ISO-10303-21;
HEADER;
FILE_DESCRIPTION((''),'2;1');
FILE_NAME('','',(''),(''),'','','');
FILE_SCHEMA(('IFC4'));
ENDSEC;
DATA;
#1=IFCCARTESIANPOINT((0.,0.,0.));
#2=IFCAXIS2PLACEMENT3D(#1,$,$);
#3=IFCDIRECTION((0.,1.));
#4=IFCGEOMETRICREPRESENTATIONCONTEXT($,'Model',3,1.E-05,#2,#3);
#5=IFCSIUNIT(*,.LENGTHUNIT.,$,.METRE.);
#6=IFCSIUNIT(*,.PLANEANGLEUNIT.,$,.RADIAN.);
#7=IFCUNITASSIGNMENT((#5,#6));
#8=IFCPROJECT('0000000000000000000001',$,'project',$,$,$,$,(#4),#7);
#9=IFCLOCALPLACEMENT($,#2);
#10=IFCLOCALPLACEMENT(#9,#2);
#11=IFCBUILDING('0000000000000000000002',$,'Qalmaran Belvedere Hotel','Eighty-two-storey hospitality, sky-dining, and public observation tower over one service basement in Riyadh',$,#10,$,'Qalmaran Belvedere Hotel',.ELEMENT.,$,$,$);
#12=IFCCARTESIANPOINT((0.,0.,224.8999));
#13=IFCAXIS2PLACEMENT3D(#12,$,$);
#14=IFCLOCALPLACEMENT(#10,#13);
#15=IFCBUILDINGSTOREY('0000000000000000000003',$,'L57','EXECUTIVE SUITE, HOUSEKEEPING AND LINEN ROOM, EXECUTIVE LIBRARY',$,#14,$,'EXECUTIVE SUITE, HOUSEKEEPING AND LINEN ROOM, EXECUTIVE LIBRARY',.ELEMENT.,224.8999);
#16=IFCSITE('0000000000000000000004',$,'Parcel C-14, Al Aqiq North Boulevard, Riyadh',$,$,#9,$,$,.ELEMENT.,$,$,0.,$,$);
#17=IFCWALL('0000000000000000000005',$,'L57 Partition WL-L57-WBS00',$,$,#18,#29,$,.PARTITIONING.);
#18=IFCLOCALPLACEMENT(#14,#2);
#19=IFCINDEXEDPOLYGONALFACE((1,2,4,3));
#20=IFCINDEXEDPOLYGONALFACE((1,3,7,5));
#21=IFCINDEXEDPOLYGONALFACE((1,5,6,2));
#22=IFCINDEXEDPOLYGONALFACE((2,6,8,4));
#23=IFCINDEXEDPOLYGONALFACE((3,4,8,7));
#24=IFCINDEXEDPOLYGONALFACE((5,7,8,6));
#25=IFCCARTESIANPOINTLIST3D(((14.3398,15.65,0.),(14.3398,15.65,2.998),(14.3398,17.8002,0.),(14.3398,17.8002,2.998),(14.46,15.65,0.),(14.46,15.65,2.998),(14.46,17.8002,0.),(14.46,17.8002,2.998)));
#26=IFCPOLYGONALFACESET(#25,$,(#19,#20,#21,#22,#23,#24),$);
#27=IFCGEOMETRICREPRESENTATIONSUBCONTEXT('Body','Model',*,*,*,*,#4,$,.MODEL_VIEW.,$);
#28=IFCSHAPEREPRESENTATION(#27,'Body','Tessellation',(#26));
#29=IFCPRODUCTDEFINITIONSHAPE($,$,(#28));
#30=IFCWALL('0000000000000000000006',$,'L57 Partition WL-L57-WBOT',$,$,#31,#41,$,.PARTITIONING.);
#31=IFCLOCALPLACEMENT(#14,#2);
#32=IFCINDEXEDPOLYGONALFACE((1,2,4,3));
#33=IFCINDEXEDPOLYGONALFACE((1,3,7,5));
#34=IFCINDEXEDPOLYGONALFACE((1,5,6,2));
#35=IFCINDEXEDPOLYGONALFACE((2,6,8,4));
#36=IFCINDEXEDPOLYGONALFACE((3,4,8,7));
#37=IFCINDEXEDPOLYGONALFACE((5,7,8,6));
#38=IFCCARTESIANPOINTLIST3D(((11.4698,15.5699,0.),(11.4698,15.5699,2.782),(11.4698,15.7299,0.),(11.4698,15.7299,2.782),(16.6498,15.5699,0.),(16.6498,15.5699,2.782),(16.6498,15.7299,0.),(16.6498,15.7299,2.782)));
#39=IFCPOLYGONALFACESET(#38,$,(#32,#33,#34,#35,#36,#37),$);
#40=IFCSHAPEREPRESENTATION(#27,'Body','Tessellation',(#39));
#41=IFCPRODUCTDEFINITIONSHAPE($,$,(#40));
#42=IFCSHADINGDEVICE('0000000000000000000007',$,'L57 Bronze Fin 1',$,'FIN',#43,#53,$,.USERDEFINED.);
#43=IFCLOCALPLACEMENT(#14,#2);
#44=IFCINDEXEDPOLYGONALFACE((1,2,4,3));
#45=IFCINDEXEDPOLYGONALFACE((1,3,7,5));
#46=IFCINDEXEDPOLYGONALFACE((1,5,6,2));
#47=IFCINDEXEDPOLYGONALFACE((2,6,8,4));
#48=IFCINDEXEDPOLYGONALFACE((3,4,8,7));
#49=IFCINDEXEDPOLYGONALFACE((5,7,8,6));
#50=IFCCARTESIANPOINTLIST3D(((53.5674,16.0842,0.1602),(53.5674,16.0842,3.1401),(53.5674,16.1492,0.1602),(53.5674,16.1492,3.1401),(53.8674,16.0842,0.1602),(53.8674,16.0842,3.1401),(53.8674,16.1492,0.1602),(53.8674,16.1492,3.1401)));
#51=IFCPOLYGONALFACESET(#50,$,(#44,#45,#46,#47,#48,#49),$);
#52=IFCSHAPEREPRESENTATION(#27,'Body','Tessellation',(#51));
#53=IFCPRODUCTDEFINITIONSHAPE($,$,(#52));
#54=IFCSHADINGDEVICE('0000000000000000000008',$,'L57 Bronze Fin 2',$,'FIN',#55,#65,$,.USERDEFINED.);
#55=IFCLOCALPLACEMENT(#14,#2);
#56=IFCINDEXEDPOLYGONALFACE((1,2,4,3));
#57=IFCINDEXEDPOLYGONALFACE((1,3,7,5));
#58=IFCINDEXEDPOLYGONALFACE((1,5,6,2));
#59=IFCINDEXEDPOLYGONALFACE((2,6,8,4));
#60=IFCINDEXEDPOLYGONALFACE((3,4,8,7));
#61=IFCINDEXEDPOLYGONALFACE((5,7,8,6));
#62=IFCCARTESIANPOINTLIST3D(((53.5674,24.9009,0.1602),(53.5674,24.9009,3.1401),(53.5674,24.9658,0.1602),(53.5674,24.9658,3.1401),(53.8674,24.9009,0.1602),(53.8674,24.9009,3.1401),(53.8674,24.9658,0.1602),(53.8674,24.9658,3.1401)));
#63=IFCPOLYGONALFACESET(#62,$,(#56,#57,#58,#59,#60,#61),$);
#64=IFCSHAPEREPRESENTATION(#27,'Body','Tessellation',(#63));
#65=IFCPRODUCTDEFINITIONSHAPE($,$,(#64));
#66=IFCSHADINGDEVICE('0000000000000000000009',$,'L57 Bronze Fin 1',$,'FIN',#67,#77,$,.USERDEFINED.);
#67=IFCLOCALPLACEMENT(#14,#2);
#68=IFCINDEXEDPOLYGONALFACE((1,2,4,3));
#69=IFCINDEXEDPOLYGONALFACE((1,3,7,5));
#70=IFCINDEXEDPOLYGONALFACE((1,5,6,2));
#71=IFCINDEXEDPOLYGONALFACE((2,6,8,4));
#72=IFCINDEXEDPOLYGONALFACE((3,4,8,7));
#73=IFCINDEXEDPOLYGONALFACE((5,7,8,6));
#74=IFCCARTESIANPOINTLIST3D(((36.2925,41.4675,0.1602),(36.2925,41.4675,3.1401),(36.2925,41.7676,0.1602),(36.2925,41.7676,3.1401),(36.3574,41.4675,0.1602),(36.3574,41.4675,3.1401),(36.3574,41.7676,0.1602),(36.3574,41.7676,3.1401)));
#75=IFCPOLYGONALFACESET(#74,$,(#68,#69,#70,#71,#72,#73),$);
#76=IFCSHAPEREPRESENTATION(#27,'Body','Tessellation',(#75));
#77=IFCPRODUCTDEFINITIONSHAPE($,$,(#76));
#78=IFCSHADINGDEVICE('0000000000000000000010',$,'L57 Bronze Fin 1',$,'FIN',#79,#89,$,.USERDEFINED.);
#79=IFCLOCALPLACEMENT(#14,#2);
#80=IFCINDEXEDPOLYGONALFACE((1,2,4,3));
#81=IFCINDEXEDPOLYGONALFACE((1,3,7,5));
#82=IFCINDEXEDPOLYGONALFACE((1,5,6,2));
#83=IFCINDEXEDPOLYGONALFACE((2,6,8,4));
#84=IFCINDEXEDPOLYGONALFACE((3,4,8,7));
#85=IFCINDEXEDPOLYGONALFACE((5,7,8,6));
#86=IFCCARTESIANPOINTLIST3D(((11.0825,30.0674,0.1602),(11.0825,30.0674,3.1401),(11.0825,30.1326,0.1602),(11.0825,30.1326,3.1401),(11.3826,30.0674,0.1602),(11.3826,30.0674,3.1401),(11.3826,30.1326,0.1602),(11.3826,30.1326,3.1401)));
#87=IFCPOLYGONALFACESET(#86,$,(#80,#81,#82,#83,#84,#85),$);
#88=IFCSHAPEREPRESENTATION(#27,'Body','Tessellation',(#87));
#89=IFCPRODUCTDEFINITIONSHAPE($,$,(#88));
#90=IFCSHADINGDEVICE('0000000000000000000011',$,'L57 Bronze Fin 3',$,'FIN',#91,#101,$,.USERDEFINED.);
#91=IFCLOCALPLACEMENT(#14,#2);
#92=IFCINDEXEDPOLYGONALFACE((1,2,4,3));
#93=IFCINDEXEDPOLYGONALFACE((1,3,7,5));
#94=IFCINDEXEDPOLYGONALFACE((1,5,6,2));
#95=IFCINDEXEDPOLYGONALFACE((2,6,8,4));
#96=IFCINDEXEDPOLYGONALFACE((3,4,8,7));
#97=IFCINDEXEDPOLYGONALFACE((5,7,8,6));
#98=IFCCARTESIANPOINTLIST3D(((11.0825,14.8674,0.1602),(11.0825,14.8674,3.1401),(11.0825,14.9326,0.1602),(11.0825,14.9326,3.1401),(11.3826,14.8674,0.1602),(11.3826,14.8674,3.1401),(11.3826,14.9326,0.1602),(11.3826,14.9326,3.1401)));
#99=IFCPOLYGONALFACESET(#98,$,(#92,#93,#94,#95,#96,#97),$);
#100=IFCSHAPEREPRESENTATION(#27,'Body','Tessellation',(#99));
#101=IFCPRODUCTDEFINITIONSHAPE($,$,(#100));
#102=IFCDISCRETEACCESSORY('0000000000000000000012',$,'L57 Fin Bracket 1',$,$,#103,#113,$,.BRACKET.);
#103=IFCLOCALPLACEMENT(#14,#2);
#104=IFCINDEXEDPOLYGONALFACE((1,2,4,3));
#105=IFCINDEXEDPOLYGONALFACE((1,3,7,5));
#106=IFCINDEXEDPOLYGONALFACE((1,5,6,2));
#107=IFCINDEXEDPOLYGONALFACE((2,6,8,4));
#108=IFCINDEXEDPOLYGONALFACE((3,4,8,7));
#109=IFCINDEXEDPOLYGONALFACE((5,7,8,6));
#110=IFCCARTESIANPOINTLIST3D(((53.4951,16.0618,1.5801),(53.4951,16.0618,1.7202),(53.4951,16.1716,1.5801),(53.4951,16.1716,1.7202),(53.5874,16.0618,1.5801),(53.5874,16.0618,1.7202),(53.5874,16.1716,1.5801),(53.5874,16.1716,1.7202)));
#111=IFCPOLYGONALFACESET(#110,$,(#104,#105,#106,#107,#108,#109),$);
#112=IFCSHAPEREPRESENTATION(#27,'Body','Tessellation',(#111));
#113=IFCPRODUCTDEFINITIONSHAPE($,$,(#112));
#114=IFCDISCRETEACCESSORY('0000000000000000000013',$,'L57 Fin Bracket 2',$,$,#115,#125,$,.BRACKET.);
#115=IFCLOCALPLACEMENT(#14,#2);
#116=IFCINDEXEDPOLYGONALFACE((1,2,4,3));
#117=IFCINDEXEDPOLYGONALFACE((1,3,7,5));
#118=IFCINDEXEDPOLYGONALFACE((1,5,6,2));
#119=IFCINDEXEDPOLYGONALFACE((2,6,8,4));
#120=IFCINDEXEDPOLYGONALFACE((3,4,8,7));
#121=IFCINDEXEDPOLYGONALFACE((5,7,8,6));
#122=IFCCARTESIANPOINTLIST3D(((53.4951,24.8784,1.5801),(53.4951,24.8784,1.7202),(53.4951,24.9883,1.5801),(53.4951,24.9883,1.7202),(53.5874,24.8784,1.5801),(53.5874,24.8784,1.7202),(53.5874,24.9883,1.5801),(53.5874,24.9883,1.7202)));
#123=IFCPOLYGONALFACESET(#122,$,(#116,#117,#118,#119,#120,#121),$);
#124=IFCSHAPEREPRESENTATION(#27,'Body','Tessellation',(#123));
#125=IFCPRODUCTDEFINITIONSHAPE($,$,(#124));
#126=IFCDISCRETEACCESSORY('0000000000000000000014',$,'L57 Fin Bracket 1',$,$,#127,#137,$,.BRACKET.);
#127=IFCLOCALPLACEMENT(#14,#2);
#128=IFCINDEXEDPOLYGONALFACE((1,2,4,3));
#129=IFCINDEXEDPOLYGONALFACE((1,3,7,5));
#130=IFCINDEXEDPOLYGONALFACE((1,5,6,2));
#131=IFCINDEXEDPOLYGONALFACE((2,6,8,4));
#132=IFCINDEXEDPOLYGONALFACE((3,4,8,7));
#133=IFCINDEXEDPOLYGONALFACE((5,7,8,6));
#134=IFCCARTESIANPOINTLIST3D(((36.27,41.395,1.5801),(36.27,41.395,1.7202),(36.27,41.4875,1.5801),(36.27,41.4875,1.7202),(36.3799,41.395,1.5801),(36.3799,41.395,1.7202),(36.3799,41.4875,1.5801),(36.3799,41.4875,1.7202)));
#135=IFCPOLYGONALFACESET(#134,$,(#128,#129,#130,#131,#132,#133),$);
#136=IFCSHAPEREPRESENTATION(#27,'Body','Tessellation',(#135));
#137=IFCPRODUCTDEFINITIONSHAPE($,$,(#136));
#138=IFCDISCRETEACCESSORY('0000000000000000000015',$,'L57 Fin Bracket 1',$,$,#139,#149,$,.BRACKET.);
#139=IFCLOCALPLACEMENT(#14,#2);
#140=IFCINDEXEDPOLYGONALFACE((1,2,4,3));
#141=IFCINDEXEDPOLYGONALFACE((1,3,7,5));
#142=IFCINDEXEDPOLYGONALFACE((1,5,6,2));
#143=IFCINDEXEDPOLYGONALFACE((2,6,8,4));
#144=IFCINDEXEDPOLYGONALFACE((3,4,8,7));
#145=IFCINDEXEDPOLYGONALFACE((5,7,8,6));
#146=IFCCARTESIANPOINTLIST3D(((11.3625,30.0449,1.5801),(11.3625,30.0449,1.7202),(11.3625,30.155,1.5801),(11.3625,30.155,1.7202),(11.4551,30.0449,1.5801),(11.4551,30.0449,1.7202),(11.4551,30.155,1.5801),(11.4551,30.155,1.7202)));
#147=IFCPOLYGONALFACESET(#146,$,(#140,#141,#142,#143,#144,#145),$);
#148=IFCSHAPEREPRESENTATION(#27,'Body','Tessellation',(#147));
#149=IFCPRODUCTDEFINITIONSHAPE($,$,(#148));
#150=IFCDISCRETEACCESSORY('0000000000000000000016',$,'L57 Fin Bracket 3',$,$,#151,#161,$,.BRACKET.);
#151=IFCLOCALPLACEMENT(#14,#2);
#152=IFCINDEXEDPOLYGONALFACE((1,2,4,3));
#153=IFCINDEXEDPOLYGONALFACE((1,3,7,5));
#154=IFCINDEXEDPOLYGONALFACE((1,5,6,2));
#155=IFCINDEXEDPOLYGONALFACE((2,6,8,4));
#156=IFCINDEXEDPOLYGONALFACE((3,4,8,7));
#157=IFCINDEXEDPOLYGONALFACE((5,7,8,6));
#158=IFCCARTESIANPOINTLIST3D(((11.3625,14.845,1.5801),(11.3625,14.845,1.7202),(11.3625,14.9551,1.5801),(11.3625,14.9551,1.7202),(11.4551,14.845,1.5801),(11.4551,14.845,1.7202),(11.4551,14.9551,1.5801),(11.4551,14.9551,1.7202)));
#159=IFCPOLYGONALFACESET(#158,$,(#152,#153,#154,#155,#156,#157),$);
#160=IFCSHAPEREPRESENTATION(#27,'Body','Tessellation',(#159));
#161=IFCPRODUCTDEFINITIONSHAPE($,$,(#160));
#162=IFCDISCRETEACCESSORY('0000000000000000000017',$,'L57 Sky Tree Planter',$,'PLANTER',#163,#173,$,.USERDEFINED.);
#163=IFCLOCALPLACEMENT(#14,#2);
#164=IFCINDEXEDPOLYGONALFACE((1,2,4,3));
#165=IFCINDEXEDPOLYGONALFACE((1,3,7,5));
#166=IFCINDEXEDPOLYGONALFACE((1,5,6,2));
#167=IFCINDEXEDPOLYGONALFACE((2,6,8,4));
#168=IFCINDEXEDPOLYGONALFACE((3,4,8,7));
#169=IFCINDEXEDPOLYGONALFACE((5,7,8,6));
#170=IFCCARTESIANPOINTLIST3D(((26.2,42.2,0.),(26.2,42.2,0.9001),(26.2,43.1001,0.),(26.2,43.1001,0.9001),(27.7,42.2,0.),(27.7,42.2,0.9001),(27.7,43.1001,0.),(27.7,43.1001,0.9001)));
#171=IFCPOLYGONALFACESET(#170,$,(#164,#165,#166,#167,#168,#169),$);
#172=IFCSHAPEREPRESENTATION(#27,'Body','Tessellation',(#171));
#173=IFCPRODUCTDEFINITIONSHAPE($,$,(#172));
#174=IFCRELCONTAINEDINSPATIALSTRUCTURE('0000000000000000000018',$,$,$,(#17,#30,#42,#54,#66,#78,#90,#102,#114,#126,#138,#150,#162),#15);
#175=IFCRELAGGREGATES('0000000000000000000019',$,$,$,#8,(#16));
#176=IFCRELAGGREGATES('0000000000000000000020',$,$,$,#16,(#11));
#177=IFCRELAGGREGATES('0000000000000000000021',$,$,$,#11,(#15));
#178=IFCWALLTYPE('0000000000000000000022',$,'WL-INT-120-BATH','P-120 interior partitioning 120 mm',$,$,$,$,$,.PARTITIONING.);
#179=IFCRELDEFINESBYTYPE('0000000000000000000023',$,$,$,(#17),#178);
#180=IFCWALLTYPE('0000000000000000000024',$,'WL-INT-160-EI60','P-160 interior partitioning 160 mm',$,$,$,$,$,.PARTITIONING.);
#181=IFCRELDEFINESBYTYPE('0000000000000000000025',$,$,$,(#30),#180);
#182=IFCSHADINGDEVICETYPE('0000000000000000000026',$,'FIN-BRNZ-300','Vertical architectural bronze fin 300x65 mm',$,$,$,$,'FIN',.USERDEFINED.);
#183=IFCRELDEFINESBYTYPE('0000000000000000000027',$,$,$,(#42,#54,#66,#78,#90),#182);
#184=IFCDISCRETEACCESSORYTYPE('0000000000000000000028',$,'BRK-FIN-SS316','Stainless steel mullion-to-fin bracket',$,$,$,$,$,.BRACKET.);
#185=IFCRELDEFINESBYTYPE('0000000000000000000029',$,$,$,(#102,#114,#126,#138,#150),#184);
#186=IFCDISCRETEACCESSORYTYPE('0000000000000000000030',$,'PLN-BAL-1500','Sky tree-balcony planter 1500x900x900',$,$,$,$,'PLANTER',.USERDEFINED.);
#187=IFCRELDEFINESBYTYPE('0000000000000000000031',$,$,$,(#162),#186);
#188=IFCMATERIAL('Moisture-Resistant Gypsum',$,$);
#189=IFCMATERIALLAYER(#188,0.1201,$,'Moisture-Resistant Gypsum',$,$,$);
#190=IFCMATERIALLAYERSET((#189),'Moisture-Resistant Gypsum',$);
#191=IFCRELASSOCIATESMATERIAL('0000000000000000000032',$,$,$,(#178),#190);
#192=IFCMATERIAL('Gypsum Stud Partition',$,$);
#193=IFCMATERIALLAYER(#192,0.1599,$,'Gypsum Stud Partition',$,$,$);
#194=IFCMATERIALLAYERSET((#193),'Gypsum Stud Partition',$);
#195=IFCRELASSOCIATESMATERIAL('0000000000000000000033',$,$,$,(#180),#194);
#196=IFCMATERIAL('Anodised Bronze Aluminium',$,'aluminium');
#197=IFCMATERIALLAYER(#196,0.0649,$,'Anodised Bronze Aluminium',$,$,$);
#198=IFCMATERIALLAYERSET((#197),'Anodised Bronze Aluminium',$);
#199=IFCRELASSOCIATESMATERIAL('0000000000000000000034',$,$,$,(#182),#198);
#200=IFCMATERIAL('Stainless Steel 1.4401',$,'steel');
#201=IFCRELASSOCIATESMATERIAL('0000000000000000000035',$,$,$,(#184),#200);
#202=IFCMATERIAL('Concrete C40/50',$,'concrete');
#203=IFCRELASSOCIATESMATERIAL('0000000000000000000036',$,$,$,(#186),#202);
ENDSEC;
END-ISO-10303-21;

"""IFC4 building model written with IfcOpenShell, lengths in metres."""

from ifc_helpers import new_model, si_unit, direction, frame, frame_2d, origin, place, context, subcontext, project, spatial, polyline, rectangle, outline, extrude, material, layer, layer_set, type_object, element, save


model = new_model("IFC4")

# Units and contexts
model_context = context("Model", 3, precision=1e-05, world=origin(), true_north=direction((0.0, 1.0)))
body_context = subcontext(model_context, "Body", "Model", "MODEL_VIEW")
ifc_project = project(units=[si_unit("LENGTHUNIT", "METRE"), si_unit("PLANEANGLEUNIT", "RADIAN")], contexts=[model_context])

# Site, building, storey
site_placement = place(None, origin())
site = spatial("IfcSite", under=ifc_project, at=site_placement, Name="Parcel C-14, Al Aqiq North Boulevard, Riyadh", CompositionType="ELEMENT", RefElevation=0.0)
building_placement = place(site_placement, origin())
building = spatial("IfcBuilding", under=site, at=building_placement, Name="Qalmaran Belvedere Hotel", Description="Eighty-two-storey hospitality, sky-dining, and public observation tower over one service basement in Riyadh", LongName="Qalmaran Belvedere Hotel", CompositionType="ELEMENT")
storey_placement = place(building_placement, frame((0.0, 0.0, 224.8999)))
storey = spatial("IfcBuildingStorey", under=building, at=storey_placement, Name="L57", Description="EXECUTIVE SUITE, HOUSEKEEPING AND LINEN ROOM, EXECUTIVE LIBRARY", LongName="EXECUTIVE SUITE, HOUSEKEEPING AND LINEN ROOM, EXECUTIVE LIBRARY", CompositionType="ELEMENT", Elevation=224.8999)

# Shared definitions
ifc_material_1 = material(Name="Anodised Bronze Aluminium", Category="aluminium")

# Shared definitions
ifc_material_2 = material(Name="Concrete C40/50", Category="concrete")

# Walls
ifc_material_3 = material(Name="Moisture-Resistant Gypsum")
ifc_layer_1 = layer(ifc_material_3, 0.1201, Name="Moisture-Resistant Gypsum")
ifc_layer_set_1 = layer_set([ifc_layer_1], Name="Moisture-Resistant Gypsum")
wall_type_1 = type_object("IfcWallType", Name="WL-INT-120-BATH", Description="P-120 interior partitioning 120 mm", PredefinedType="PARTITIONING", material=ifc_layer_set_1)
wall_1_placement = place(storey_placement, frame((14.3999, 15.6499, 0.0), z_axis=(0.0, 0.0, 1.0), x_axis=(0.0, 1.0, 0.0)))
element("IfcWall", 1, at=wall_1_placement, inside=storey, type_object=wall_type_1, Name="L57 Partition WL-L57-WBS00", PredefinedType="PARTITIONING", context=body_context, shape_type="SweptSolid", body=[
    extrude(rectangle(XDim=2.1501, YDim=0.1201, at=frame_2d((1.0752, 0.0))), origin(), (0.0, 0.0, 1.0), 2.998),
])
ifc_material_4 = material(Name="Gypsum Stud Partition")
ifc_layer_2 = layer(ifc_material_4, 0.1599, Name="Gypsum Stud Partition")
ifc_layer_set_2 = layer_set([ifc_layer_2], Name="Gypsum Stud Partition")
wall_type_2 = type_object("IfcWallType", Name="WL-INT-160-EI60", Description="P-160 interior partitioning 160 mm", PredefinedType="PARTITIONING", material=ifc_layer_set_2)
wall_2_placement = place(storey_placement, frame((11.47, 15.6499, 0.0), z_axis=(0.0, 0.0, 1.0), x_axis=(1.0, 0.0, 0.0)))
element("IfcWall", 2, at=wall_2_placement, inside=storey, type_object=wall_type_2, Name="L57 Partition WL-L57-WBOT", PredefinedType="PARTITIONING", context=body_context, shape_type="SweptSolid", body=[
    extrude(rectangle(XDim=5.1799, YDim=0.1599, at=frame_2d((2.5898, 0.0))), origin(), (0.0, 0.0, 1.0), 2.782),
])

# Shading devices
ifc_layer_3 = layer(ifc_material_1, 0.0649, Name="Anodised Bronze Aluminium")
ifc_layer_set_3 = layer_set([ifc_layer_3], Name="Anodised Bronze Aluminium")
shading_device_type = type_object("IfcShadingDeviceType", Name="FIN-BRNZ-300", Description="Vertical architectural bronze fin 300x65 mm", ElementType="FIN", PredefinedType="USERDEFINED", material=ifc_layer_set_3)
shading_device_1_placement = place(storey_placement, frame((0.0, 0.0, 0.1602)))
element("IfcShadingDevice", 3, at=shading_device_1_placement, inside=storey, type_object=shading_device_type, Name="L57 Bronze Fin 1", ObjectType="FIN", PredefinedType="USERDEFINED", context=body_context, shape_type="SweptSolid", body=[
    extrude(outline(polyline([(53.5674, 16.0842), (53.8674, 16.0842), (53.8674, 16.1492), (53.5674, 16.1492), (53.5674, 16.0842)])), origin(), (0.0, 0.0, 1.0), 2.98),
])
shading_device_2_placement = place(storey_placement, frame((0.0, 0.0, 0.1602)))
element("IfcShadingDevice", 4, at=shading_device_2_placement, inside=storey, type_object=shading_device_type, Name="L57 Bronze Fin 2", ObjectType="FIN", PredefinedType="USERDEFINED", context=body_context, shape_type="SweptSolid", body=[
    extrude(outline(polyline([(53.5674, 24.9009), (53.8674, 24.9009), (53.8674, 24.9658), (53.5674, 24.9658), (53.5674, 24.9009)])), origin(), (0.0, 0.0, 1.0), 2.98),
])
shading_device_3_placement = place(storey_placement, frame((0.0, 0.0, 0.1602)))
element("IfcShadingDevice", 5, at=shading_device_3_placement, inside=storey, type_object=shading_device_type, Name="L57 Bronze Fin 1", ObjectType="FIN", PredefinedType="USERDEFINED", context=body_context, shape_type="SweptSolid", body=[
    extrude(outline(polyline([(36.3574, 41.4675), (36.3574, 41.7676), (36.2925, 41.7676), (36.2925, 41.4675), (36.3574, 41.4675)])), origin(), (0.0, 0.0, 1.0), 2.98),
])
shading_device_4_placement = place(storey_placement, frame((0.0, 0.0, 0.1602)))
element("IfcShadingDevice", 6, at=shading_device_4_placement, inside=storey, type_object=shading_device_type, Name="L57 Bronze Fin 1", ObjectType="FIN", PredefinedType="USERDEFINED", context=body_context, shape_type="SweptSolid", body=[
    extrude(outline(polyline([(11.3826, 30.1326), (11.0825, 30.1326), (11.0825, 30.0674), (11.3826, 30.0674), (11.3826, 30.1326)])), origin(), (0.0, 0.0, 1.0), 2.98),
])
shading_device_5_placement = place(storey_placement, frame((0.0, 0.0, 0.1602)))
element("IfcShadingDevice", 7, at=shading_device_5_placement, inside=storey, type_object=shading_device_type, Name="L57 Bronze Fin 3", ObjectType="FIN", PredefinedType="USERDEFINED", context=body_context, shape_type="SweptSolid", body=[
    extrude(outline(polyline([(11.3826, 14.9326), (11.0825, 14.9326), (11.0825, 14.8674), (11.3826, 14.8674), (11.3826, 14.9326)])), origin(), (0.0, 0.0, 1.0), 2.98),
])

# Discrete accessories
ifc_material_5 = material(Name="Stainless Steel 1.4401", Category="steel")
discrete_accessory_type_1 = type_object("IfcDiscreteAccessoryType", Name="BRK-FIN-SS316", Description="Stainless steel mullion-to-fin bracket", PredefinedType="BRACKET", material=ifc_material_5)
discrete_accessory_1_placement = place(storey_placement, frame((0.0, 0.0, 1.5801)))
element("IfcDiscreteAccessory", 8, at=discrete_accessory_1_placement, inside=storey, type_object=discrete_accessory_type_1, Name="L57 Fin Bracket 1", PredefinedType="BRACKET", context=body_context, shape_type="SweptSolid", body=[
    extrude(outline(polyline([(53.4951, 16.0618), (53.5874, 16.0618), (53.5874, 16.1716), (53.4951, 16.1716), (53.4951, 16.0618)])), origin(), (0.0, 0.0, 1.0), 0.1401),
])
discrete_accessory_2_placement = place(storey_placement, frame((0.0, 0.0, 1.5801)))
element("IfcDiscreteAccessory", 9, at=discrete_accessory_2_placement, inside=storey, type_object=discrete_accessory_type_1, Name="L57 Fin Bracket 2", PredefinedType="BRACKET", context=body_context, shape_type="SweptSolid", body=[
    extrude(outline(polyline([(53.4951, 24.8784), (53.5874, 24.8784), (53.5874, 24.9883), (53.4951, 24.9883), (53.4951, 24.8784)])), origin(), (0.0, 0.0, 1.0), 0.1401),
])
discrete_accessory_3_placement = place(storey_placement, frame((0.0, 0.0, 1.5801)))
element("IfcDiscreteAccessory", 10, at=discrete_accessory_3_placement, inside=storey, type_object=discrete_accessory_type_1, Name="L57 Fin Bracket 1", PredefinedType="BRACKET", context=body_context, shape_type="SweptSolid", body=[
    extrude(outline(polyline([(36.3799, 41.395), (36.3799, 41.4875), (36.27, 41.4875), (36.27, 41.395), (36.3799, 41.395)])), origin(), (0.0, 0.0, 1.0), 0.1401),
])
discrete_accessory_4_placement = place(storey_placement, frame((0.0, 0.0, 1.5801)))
element("IfcDiscreteAccessory", 11, at=discrete_accessory_4_placement, inside=storey, type_object=discrete_accessory_type_1, Name="L57 Fin Bracket 1", PredefinedType="BRACKET", context=body_context, shape_type="SweptSolid", body=[
    extrude(outline(polyline([(11.4551, 30.155), (11.3625, 30.155), (11.3625, 30.0449), (11.4551, 30.0449), (11.4551, 30.155)])), origin(), (0.0, 0.0, 1.0), 0.1401),
])
discrete_accessory_5_placement = place(storey_placement, frame((0.0, 0.0, 1.5801)))
element("IfcDiscreteAccessory", 12, at=discrete_accessory_5_placement, inside=storey, type_object=discrete_accessory_type_1, Name="L57 Fin Bracket 3", PredefinedType="BRACKET", context=body_context, shape_type="SweptSolid", body=[
    extrude(outline(polyline([(11.4551, 14.9551), (11.3625, 14.9551), (11.3625, 14.845), (11.4551, 14.845), (11.4551, 14.9551)])), origin(), (0.0, 0.0, 1.0), 0.1401),
])
discrete_accessory_type_2 = type_object("IfcDiscreteAccessoryType", Name="PLN-BAL-1500", Description="Sky tree-balcony planter 1500x900x900", ElementType="PLANTER", PredefinedType="USERDEFINED", material=ifc_material_2)
discrete_accessory_6_placement = place(storey_placement, origin())
element("IfcDiscreteAccessory", 13, at=discrete_accessory_6_placement, inside=storey, type_object=discrete_accessory_type_2, Name="L57 Sky Tree Planter", ObjectType="PLANTER", PredefinedType="USERDEFINED", context=body_context, shape_type="SweptSolid", body=[
    extrude(outline(polyline([(26.2, 42.2), (27.7, 42.2), (27.7, 43.1001), (26.2, 43.1001), (26.2, 42.2)])), origin(), (0.0, 0.0, 1.0), 0.9001),
])

save(model, "model.ifc")
